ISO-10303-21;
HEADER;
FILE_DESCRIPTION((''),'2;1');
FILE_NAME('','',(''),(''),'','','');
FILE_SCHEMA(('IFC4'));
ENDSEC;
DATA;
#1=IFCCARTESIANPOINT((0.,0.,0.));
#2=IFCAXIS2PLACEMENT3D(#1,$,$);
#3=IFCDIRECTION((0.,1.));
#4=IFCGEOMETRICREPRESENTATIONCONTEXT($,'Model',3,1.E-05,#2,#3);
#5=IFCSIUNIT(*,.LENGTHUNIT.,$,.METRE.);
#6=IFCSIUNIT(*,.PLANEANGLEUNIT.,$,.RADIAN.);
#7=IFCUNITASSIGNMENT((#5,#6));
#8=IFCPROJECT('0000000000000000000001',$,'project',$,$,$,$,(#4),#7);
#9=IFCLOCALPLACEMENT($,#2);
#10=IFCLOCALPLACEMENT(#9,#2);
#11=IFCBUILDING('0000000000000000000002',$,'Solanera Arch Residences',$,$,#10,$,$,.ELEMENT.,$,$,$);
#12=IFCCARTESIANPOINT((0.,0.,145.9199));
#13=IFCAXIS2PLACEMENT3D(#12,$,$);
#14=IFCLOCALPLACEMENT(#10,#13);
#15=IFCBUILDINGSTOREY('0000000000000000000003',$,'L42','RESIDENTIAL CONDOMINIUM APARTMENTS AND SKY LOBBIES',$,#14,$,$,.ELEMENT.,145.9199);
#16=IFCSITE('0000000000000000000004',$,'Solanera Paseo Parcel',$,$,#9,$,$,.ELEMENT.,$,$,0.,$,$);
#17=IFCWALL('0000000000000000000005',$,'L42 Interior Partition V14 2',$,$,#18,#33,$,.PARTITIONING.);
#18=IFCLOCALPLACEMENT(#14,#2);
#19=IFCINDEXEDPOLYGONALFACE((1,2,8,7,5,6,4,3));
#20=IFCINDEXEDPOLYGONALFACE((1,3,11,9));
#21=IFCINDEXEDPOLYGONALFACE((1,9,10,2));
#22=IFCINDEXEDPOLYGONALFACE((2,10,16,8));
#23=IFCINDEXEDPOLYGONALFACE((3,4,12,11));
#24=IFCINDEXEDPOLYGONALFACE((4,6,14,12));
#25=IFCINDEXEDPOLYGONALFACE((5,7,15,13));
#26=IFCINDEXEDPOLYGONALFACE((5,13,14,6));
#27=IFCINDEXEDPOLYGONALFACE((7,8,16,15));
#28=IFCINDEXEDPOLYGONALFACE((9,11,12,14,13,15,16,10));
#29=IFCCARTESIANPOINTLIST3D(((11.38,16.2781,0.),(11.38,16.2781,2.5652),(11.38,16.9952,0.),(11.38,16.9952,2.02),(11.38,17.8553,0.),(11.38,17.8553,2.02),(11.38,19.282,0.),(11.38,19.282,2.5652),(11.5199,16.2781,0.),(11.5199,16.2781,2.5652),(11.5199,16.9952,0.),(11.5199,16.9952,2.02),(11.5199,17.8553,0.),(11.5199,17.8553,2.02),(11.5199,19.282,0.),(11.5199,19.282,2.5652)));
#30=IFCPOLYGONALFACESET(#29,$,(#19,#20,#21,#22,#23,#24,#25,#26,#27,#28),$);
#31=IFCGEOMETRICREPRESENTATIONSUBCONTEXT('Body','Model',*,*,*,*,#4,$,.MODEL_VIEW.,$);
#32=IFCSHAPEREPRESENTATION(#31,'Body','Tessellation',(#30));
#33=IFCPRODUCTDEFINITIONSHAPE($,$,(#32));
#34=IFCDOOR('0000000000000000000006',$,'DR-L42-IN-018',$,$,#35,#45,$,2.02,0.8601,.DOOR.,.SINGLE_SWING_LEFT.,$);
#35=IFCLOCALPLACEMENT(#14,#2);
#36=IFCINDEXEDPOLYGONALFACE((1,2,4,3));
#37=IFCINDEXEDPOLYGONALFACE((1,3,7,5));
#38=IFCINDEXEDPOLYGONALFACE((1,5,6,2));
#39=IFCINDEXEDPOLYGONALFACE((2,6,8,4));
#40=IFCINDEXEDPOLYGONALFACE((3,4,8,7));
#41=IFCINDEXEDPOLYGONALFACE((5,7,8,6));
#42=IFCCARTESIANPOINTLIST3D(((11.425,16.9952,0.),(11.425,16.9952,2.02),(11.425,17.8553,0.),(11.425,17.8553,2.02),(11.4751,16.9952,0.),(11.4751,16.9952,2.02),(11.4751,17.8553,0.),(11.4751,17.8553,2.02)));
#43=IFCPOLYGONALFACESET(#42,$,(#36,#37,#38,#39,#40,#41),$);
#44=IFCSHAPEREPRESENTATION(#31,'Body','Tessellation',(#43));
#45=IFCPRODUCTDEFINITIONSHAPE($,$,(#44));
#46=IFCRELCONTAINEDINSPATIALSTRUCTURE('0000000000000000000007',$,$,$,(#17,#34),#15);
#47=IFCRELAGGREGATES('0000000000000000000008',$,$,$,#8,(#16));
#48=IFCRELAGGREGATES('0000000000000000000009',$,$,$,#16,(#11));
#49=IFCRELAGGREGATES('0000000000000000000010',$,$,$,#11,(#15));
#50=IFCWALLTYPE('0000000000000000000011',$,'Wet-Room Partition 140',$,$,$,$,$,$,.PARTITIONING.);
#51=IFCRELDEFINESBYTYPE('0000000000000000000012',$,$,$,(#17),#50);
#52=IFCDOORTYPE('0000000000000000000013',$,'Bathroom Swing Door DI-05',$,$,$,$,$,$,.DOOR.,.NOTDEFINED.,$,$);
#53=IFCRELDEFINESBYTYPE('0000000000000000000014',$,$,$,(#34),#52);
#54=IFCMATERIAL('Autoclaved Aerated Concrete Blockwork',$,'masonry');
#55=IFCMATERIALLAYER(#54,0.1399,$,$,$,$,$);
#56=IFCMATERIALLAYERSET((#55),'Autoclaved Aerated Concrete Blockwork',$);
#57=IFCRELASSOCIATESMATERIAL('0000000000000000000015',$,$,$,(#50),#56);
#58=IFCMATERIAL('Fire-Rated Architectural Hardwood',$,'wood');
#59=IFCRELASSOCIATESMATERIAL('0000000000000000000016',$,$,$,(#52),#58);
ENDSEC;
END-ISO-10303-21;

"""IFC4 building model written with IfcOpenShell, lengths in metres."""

from ifc_helpers import new_model, si_unit, direction, frame, frame_2d, origin, place, context, subcontext, project, spatial, rectangle, extrude, material, layer, layer_set, type_object, element, fill, save


model = new_model("IFC4")

# Units and contexts
model_context = context("Model", 3, precision=1e-05, world=origin(), true_north=direction((0.0, 1.0)))
body_context = subcontext(model_context, "Body", "Model", "MODEL_VIEW")
ifc_project = project(units=[si_unit("LENGTHUNIT", "METRE"), si_unit("PLANEANGLEUNIT", "RADIAN")], contexts=[model_context])

# Site, building, storey
site_placement = place(None, origin())
site = spatial("IfcSite", under=ifc_project, at=site_placement, Name="Solanera Paseo Parcel", CompositionType="ELEMENT", RefElevation=0.0)
building_placement = place(site_placement, origin())
building = spatial("IfcBuilding", under=site, at=building_placement, Name="Solanera Arch Residences", CompositionType="ELEMENT")
storey_placement = place(building_placement, frame((0.0, 0.0, 145.9199)))
storey = spatial("IfcBuildingStorey", under=building, at=storey_placement, Name="L42", Description="RESIDENTIAL CONDOMINIUM APARTMENTS AND SKY LOBBIES", CompositionType="ELEMENT", Elevation=145.9199)

# Shared definitions
ifc_material_1 = material(Name="Autoclaved Aerated Concrete Blockwork", Category="masonry")
ifc_layer_1 = layer(ifc_material_1, 0.1399)
ifc_layer_set_1 = layer_set([ifc_layer_1], Name="Autoclaved Aerated Concrete Blockwork")
wall_type_1 = type_object("IfcWallType", Name="Wet-Room Partition 140", PredefinedType="PARTITIONING", material=ifc_layer_set_1)

# Wall, opening, door
wall_1_placement = place(storey_placement, frame((11.45, 16.2781, 0.0), z_axis=(0.0, 0.0, 1.0), x_axis=(0.0, 1.0, 0.0)))
wall_1 = element("IfcWall", 1, at=wall_1_placement, inside=storey, type_object=wall_type_1, Name="L42 Interior Partition V14 2", PredefinedType="PARTITIONING", context=body_context, shape_type="SweptSolid", body=[
    extrude(rectangle(XDim=3.0039, YDim=0.1399, at=frame_2d((1.502, 0.0))), origin(), (0.0, 0.0, 1.0), 2.5652),
])
opening_1_placement = place(wall_1_placement, frame((0.717, 0.0, 0.0)))
opening_1 = element("IfcOpeningElement", 2, at=opening_1_placement, cuts=wall_1, PredefinedType="OPENING", context=body_context, shape_type="SweptSolid", body=[
    extrude(rectangle(XDim=0.8601, YDim=2.02, at=frame_2d((0.4302, 1.01))), frame((0.0, 0.0798, 0.0), z_axis=(0.0, -1.0, 0.0), x_axis=(1.0, 0.0, 0.0)), (0.0, 0.0, 1.0), 0.1599),
])
ifc_material_2 = material(Name="Fire-Rated Architectural Hardwood", Category="wood")
door_type_1 = type_object("IfcDoorType", Name="Bathroom Swing Door DI-05", OperationType="NOTDEFINED", PredefinedType="DOOR", material=ifc_material_2)
door_1_placement = place(opening_1_placement, origin())
door_1 = element("IfcDoor", 3, at=door_1_placement, inside=storey, type_object=door_type_1, Name="DR-L42-IN-018", OperationType="SINGLE_SWING_LEFT", OverallHeight=2.02, OverallWidth=0.8601, PredefinedType="DOOR", context=body_context, shape_type="SweptSolid", body=[
    extrude(rectangle(XDim=0.8601, YDim=2.02, at=frame_2d((0.4302, 1.01))), frame((0.0, 0.0249, 0.0), z_axis=(0.0, -1.0, 0.0), x_axis=(1.0, 0.0, 0.0)), (0.0, 0.0, 1.0), 0.05),
])
fill(opening_1, door_1)

save(model, "model.ifc")
